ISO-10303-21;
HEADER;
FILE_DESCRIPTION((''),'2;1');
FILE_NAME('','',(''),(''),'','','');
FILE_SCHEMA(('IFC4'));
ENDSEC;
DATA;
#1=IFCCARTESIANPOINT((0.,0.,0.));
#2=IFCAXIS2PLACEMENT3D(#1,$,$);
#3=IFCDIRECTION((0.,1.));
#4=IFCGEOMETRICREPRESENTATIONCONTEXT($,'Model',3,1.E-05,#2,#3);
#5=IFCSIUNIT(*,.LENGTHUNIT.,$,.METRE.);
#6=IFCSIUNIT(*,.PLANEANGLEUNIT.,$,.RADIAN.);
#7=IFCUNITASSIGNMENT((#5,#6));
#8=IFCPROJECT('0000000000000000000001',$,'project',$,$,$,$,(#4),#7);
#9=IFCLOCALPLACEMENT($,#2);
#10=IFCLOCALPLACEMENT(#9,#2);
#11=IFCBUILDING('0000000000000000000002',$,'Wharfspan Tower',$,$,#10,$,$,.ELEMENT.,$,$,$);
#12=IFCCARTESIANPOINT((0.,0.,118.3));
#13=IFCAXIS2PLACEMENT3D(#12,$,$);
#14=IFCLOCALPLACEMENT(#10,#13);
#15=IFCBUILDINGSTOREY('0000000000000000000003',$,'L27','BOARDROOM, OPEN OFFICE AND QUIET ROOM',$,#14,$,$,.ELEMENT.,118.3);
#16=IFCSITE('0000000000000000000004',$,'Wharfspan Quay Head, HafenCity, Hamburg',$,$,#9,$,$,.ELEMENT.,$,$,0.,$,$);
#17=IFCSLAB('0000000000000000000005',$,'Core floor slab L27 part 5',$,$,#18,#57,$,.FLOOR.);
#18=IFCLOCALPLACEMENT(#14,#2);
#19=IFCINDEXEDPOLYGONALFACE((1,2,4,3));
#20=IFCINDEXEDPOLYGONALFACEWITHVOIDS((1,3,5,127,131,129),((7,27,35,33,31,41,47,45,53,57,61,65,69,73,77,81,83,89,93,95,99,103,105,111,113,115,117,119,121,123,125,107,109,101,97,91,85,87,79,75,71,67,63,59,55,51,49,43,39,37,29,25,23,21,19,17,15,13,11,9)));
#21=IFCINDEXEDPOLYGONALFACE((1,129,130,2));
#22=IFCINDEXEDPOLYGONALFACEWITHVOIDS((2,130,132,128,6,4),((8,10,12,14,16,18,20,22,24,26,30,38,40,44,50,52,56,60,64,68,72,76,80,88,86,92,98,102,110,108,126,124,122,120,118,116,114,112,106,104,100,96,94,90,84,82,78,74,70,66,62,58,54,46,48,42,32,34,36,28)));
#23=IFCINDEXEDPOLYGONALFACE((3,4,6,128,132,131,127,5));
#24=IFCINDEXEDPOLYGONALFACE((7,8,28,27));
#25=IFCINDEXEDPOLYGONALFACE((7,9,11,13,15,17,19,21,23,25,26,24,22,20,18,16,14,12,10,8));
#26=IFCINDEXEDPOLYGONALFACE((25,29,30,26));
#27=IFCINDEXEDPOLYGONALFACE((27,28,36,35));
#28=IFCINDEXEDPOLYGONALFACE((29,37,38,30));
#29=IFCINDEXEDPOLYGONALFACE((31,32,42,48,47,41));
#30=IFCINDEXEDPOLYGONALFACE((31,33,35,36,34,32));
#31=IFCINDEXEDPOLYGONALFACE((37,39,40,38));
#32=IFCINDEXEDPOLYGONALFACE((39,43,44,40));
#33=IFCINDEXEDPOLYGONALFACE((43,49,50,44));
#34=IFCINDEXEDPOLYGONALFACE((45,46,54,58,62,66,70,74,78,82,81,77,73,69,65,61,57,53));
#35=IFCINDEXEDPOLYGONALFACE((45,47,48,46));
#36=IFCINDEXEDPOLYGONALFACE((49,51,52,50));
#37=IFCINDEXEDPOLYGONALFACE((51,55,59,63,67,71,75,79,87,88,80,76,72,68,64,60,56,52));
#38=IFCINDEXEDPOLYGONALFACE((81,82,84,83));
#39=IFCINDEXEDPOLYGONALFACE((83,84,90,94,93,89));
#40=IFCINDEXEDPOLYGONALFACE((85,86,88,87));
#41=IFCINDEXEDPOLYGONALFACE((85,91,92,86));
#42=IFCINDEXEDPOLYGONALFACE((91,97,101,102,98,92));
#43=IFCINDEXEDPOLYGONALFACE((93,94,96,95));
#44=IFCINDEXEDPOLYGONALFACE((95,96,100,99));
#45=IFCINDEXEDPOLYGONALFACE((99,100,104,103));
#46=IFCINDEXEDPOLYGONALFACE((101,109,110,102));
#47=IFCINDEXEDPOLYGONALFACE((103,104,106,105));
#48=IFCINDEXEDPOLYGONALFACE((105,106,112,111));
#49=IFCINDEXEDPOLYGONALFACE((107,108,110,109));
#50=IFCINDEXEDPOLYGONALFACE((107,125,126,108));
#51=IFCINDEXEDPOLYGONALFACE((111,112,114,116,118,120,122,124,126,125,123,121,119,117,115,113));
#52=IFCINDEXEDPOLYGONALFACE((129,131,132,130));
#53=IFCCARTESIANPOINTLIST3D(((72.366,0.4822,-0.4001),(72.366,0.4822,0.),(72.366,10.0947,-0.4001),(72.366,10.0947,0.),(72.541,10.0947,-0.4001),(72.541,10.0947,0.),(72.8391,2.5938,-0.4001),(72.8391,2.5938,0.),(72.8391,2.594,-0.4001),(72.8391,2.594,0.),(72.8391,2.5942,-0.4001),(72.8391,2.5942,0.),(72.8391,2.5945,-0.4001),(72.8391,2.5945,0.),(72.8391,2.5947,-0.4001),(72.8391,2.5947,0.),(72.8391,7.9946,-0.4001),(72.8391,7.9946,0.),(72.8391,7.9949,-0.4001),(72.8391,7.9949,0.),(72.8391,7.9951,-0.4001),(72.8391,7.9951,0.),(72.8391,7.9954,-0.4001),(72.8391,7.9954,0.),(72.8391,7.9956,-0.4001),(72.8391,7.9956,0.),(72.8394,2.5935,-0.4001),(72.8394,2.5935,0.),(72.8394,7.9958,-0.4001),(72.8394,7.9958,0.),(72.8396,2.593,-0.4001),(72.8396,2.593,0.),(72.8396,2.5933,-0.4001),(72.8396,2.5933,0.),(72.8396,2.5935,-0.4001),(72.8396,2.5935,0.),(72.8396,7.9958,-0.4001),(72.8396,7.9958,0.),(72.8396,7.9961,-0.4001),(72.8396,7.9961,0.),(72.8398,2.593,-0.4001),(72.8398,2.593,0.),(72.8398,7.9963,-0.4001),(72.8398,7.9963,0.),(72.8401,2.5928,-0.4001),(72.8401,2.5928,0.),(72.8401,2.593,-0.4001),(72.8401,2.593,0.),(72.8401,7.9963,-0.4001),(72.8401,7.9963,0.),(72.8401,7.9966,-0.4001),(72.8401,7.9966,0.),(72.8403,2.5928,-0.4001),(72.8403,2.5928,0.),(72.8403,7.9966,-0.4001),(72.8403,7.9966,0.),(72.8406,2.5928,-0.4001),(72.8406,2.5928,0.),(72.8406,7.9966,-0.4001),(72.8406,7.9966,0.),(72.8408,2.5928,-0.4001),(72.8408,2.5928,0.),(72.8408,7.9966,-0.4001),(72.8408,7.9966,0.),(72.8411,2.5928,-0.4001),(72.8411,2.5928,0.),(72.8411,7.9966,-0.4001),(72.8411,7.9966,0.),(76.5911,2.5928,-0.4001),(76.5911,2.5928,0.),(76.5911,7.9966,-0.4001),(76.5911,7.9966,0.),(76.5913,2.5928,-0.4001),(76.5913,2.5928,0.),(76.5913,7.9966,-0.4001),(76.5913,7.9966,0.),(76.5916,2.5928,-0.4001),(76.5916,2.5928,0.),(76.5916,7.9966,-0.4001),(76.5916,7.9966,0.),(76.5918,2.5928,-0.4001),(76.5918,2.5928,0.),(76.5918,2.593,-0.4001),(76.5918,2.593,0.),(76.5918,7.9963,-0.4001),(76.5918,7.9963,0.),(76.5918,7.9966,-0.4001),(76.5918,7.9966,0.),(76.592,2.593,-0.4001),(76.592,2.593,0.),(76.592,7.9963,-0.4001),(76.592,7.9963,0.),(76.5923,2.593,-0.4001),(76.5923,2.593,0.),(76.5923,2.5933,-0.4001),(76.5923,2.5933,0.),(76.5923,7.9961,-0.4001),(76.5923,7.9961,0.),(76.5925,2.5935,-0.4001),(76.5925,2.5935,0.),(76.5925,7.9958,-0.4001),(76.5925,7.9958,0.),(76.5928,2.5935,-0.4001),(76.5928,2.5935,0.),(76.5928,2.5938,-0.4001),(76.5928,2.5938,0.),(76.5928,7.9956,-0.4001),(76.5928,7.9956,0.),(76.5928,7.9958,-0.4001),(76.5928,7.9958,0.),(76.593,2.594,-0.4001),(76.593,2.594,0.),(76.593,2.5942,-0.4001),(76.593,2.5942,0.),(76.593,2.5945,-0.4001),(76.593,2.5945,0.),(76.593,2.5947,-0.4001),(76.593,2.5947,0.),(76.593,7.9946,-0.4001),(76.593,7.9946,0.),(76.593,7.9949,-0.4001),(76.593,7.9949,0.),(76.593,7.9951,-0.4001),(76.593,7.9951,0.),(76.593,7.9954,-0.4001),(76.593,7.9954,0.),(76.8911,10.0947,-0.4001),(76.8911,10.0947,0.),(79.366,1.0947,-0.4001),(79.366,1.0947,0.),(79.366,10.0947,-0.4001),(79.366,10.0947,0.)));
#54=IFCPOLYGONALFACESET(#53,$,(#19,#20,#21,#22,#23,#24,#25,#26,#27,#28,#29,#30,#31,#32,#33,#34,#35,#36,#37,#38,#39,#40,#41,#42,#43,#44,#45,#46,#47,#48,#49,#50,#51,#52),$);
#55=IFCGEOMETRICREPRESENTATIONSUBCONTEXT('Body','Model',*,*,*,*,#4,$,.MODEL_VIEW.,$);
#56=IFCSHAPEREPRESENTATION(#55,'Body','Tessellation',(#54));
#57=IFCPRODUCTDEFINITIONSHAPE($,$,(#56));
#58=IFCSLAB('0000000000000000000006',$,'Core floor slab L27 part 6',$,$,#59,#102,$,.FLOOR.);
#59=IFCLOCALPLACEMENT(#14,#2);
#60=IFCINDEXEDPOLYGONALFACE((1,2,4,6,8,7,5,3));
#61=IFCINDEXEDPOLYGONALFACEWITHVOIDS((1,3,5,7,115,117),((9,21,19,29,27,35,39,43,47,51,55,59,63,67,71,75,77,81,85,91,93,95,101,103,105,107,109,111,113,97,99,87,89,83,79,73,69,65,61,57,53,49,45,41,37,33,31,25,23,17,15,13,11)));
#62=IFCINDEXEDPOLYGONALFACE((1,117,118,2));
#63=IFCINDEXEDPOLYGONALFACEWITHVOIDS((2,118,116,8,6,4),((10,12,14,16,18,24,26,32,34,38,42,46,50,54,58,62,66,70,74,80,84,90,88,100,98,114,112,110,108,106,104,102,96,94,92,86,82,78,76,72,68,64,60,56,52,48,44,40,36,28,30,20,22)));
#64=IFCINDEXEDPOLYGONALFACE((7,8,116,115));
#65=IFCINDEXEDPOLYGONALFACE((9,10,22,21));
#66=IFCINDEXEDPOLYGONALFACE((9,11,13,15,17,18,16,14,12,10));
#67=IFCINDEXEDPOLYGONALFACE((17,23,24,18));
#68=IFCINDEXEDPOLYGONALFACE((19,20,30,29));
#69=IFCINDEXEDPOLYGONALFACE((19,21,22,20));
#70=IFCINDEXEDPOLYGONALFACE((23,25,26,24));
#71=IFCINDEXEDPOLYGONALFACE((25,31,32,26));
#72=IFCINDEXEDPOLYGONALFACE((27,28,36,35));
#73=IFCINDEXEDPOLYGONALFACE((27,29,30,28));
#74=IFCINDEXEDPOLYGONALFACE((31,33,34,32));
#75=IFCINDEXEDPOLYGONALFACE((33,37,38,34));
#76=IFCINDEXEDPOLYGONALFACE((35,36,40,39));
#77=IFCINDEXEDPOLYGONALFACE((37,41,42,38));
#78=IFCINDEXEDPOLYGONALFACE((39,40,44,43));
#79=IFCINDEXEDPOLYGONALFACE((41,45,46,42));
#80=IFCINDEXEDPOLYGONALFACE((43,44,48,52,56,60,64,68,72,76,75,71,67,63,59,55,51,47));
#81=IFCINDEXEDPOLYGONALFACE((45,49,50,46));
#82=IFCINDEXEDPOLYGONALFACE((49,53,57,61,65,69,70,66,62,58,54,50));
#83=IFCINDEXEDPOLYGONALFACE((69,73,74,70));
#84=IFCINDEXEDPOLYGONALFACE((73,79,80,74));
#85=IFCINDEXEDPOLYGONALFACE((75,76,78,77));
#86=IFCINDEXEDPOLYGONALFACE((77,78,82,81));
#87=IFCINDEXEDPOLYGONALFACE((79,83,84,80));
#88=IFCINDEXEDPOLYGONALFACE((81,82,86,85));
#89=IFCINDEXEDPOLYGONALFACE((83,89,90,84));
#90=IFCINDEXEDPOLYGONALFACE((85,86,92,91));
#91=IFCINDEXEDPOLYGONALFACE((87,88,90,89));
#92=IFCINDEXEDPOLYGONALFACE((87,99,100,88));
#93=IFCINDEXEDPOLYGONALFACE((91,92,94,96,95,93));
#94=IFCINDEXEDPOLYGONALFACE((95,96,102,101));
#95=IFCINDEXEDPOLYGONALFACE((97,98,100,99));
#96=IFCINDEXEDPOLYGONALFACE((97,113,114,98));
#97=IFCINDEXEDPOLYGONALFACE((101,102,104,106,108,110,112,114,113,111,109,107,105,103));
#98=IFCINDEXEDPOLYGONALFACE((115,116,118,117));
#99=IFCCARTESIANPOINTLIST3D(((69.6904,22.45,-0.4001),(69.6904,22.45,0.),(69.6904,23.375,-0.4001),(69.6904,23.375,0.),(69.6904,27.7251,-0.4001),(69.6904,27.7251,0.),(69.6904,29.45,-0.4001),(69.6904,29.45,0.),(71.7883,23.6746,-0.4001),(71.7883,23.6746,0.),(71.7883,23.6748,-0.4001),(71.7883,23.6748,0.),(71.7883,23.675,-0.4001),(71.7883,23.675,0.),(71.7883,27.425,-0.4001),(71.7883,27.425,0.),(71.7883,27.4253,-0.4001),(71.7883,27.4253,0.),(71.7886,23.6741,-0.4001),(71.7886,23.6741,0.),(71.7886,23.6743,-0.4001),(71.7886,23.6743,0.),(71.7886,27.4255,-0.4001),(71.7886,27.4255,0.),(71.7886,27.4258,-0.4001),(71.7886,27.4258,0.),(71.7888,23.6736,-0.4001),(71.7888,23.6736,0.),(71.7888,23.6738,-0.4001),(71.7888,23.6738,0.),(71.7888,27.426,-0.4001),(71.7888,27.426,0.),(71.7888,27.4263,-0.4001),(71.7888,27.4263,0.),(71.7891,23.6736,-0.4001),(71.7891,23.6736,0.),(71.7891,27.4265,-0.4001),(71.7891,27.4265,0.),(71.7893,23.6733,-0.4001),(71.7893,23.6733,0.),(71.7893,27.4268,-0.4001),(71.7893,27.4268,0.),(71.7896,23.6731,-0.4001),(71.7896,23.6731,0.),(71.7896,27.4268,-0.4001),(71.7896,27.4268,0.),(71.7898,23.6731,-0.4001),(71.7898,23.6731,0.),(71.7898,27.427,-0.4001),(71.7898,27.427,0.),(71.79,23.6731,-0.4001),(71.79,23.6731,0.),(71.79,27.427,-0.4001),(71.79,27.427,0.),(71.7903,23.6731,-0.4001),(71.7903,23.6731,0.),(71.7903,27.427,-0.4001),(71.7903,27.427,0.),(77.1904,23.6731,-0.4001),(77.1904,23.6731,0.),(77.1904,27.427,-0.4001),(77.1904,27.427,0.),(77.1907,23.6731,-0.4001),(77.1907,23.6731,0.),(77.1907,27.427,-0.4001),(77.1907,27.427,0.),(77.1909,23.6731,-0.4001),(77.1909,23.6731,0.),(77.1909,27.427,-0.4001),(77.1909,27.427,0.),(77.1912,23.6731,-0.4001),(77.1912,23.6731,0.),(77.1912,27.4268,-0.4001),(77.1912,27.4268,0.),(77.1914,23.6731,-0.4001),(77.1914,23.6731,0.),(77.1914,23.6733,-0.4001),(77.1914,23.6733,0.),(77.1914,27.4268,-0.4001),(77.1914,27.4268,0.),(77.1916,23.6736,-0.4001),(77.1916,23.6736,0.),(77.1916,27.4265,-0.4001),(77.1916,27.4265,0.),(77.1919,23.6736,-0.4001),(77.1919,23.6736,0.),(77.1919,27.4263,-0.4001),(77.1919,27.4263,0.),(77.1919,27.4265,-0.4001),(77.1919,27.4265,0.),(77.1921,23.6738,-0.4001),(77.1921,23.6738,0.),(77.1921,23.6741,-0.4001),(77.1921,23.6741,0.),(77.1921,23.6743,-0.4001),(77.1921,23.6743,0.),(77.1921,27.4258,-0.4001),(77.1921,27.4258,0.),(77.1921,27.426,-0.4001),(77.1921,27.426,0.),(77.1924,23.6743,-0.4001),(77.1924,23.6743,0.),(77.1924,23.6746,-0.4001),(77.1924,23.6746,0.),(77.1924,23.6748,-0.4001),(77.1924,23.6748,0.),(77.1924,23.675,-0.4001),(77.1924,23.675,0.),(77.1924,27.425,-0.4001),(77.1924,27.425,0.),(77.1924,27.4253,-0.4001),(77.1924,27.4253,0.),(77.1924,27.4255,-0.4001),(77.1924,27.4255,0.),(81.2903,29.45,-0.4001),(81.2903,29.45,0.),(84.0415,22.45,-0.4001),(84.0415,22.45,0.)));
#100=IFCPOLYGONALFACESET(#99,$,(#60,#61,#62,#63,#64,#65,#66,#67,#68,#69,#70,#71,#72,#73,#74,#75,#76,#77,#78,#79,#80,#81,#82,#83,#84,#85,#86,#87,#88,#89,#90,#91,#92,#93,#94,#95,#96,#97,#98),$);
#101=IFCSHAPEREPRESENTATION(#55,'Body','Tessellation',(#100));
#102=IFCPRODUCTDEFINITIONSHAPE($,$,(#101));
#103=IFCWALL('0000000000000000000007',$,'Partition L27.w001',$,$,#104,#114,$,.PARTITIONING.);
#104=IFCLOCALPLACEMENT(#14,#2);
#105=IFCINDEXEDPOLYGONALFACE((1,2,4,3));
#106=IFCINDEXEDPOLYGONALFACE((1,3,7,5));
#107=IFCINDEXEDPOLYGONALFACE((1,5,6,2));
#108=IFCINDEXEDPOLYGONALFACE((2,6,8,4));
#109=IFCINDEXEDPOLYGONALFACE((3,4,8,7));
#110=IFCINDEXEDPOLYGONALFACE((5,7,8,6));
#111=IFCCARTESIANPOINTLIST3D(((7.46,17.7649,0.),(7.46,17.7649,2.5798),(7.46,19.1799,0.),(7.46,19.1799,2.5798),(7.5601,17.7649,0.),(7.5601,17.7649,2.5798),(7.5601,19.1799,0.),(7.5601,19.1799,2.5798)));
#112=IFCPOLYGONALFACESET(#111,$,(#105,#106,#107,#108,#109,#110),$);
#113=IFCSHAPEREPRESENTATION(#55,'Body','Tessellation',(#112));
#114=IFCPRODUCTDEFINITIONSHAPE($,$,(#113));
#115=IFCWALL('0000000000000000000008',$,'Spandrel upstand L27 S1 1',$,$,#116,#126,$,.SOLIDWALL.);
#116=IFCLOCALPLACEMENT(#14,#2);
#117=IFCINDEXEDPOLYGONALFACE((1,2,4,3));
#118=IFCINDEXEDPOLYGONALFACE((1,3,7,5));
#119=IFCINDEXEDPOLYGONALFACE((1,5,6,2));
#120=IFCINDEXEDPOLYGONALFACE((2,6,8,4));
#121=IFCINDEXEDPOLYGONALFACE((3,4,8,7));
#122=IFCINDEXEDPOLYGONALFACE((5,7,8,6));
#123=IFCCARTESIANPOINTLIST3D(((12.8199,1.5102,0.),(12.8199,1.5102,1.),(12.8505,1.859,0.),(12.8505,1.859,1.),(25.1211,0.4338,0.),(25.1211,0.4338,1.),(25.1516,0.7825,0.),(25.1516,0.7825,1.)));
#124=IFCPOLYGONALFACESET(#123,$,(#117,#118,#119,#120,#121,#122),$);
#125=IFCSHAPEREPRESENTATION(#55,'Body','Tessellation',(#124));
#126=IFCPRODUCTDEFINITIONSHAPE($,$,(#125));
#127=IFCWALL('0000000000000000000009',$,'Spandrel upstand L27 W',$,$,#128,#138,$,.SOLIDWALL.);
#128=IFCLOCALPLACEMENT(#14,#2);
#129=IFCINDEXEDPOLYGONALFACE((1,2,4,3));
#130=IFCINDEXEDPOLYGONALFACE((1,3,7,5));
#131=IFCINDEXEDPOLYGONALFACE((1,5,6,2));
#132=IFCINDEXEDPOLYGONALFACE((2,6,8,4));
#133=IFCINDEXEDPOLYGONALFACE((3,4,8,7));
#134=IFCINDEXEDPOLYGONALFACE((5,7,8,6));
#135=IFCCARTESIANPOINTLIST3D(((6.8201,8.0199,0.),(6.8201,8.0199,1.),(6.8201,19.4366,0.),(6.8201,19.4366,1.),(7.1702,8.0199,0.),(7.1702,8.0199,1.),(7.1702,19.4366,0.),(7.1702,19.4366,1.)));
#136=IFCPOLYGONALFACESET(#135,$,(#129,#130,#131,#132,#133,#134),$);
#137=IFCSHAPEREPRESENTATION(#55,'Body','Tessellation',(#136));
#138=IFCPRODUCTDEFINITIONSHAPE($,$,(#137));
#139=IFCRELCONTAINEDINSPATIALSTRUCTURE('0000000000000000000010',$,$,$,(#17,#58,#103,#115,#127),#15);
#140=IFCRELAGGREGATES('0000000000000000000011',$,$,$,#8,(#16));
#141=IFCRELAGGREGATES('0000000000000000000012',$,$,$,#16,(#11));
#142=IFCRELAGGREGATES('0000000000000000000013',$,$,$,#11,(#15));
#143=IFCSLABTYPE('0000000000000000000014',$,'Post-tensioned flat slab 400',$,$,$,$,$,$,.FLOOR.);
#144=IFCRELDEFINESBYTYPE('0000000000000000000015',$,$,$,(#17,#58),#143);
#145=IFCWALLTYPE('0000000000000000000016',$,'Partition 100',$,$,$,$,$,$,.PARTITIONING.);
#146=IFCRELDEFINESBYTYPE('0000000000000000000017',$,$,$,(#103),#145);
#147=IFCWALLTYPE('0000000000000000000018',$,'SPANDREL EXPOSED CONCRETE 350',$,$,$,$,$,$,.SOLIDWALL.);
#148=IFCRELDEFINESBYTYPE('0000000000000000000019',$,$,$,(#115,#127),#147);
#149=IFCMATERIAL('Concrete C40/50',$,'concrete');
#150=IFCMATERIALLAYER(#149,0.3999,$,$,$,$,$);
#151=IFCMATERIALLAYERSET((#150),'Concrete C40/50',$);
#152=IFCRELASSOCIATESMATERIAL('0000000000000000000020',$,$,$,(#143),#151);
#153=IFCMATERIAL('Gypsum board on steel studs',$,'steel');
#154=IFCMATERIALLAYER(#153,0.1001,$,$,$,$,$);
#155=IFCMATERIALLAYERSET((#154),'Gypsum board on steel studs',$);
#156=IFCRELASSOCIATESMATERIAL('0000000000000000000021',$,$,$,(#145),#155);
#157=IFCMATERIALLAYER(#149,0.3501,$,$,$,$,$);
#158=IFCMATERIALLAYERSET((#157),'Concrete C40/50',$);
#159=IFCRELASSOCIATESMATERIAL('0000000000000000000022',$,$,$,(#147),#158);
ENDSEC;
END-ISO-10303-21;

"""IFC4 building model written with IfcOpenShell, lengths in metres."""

from ifc_helpers import new_model, si_unit, direction, frame, frame_2d, origin, place, context, subcontext, project, spatial, polyline, rectangle, outline, extrude, material, layer, layer_set, type_object, element, save


model = new_model("IFC4")

# Units and contexts
model_context = context("Model", 3, precision=1e-05, world=origin(), true_north=direction((0.0, 1.0)))
body_context = subcontext(model_context, "Body", "Model", "MODEL_VIEW")
ifc_project = project(units=[si_unit("LENGTHUNIT", "METRE"), si_unit("PLANEANGLEUNIT", "RADIAN")], contexts=[model_context])

# Site, building, storey
site_placement = place(None, origin())
site = spatial("IfcSite", under=ifc_project, at=site_placement, Name="Wharfspan Quay Head, HafenCity, Hamburg", CompositionType="ELEMENT", RefElevation=0.0)
building_placement = place(site_placement, origin())
building = spatial("IfcBuilding", under=site, at=building_placement, Name="Wharfspan Tower", CompositionType="ELEMENT")
storey_placement = place(building_placement, frame((0.0, 0.0, 118.3)))
storey = spatial("IfcBuildingStorey", under=building, at=storey_placement, Name="L27", Description="BOARDROOM, OPEN OFFICE AND QUIET ROOM", CompositionType="ELEMENT", Elevation=118.3)

# Slabs
ifc_material_1 = material(Name="Concrete C40/50", Category="concrete")
ifc_layer_1 = layer(ifc_material_1, 0.3999)
ifc_layer_set_1 = layer_set([ifc_layer_1], Name="Concrete C40/50")
slab_type = type_object("IfcSlabType", Name="Post-tensioned flat slab 400", PredefinedType="FLOOR", material=ifc_layer_set_1)
slab_1_placement = place(storey_placement, frame((0.0, 0.0, -0.4001)))
element("IfcSlab", 1, at=slab_1_placement, inside=storey, type_object=slab_type, Name="Core floor slab L27 part 5", PredefinedType="FLOOR", context=body_context, shape_type="SweptSolid", body=[
    extrude(outline(polyline([(79.366, 10.0947), (76.8911, 10.0947), (72.541, 10.0947), (72.366, 10.0947), (72.366, 0.4822), (79.366, 1.0947), (79.366, 10.0947)]), holes=[polyline([(76.5911, 7.9966), (76.5913, 7.9966), (76.5913, 7.9966), (76.5916, 7.9966), (76.5918, 7.9966), (76.5918, 7.9963), (76.592, 7.9963), (76.5923, 7.9961), (76.5923, 7.9961), (76.5925, 7.9958), (76.5928, 7.9958), (76.5928, 7.9956), (76.593, 7.9954), (76.593, 7.9951), (76.593, 7.9951), (76.593, 7.9949), (76.593, 7.9946), (76.593, 2.5947), (76.593, 2.5945), (76.593, 2.5942), (76.593, 2.594), (76.593, 2.594), (76.5928, 2.5938), (76.5928, 2.5935), (76.5925, 2.5935), (76.5923, 2.5933), (76.5923, 2.593), (76.592, 2.593), (76.5918, 2.593), (76.5918, 2.5928), (76.5916, 2.5928), (76.5913, 2.5928), (76.5913, 2.5928), (76.5911, 2.5928), (72.8411, 2.5928), (72.8408, 2.5928), (72.8406, 2.5928), (72.8403, 2.5928), (72.8401, 2.5928), (72.8401, 2.593), (72.8398, 2.593), (72.8396, 2.593), (72.8396, 2.5933), (72.8396, 2.5935), (72.8394, 2.5935), (72.8391, 2.5938), (72.8391, 2.594), (72.8391, 2.594), (72.8391, 2.5942), (72.8391, 2.5945), (72.8391, 2.5947), (72.8391, 7.9946), (72.8391, 7.9949), (72.8391, 7.9951), (72.8391, 7.9951), (72.8391, 7.9954), (72.8391, 7.9956), (72.8394, 7.9958), (72.8396, 7.9958), (72.8396, 7.9961), (72.8396, 7.9961), (72.8398, 7.9963), (72.8401, 7.9963), (72.8401, 7.9966), (72.8403, 7.9966), (72.8406, 7.9966), (72.8408, 7.9966), (72.8411, 7.9966), (76.5911, 7.9966)])]), origin(), (0.0, 0.0, 1.0), 0.4001),
])
slab_2_placement = place(storey_placement, frame((0.0, 0.0, -0.4001)))
element("IfcSlab", 2, at=slab_2_placement, inside=storey, type_object=slab_type, Name="Core floor slab L27 part 6", PredefinedType="FLOOR", context=body_context, shape_type="SweptSolid", body=[
    extrude(outline(polyline([(81.2903, 29.45), (69.6904, 29.45), (69.6904, 27.7251), (69.6904, 23.375), (69.6904, 22.45), (84.0415, 22.45), (81.2903, 29.45)]), holes=[polyline([(71.7903, 23.6731), (71.7903, 23.6731), (71.79, 23.6731), (71.7898, 23.6731), (71.7896, 23.6731), (71.7896, 23.6731), (71.7893, 23.6733), (71.7891, 23.6736), (71.7891, 23.6736), (71.7888, 23.6736), (71.7888, 23.6738), (71.7886, 23.6741), (71.7886, 23.6743), (71.7886, 23.6743), (71.7883, 23.6746), (71.7883, 23.6748), (71.7883, 23.675), (71.7883, 27.425), (71.7883, 27.4253), (71.7883, 27.4253), (71.7886, 27.4255), (71.7886, 27.4258), (71.7886, 27.4258), (71.7888, 27.426), (71.7888, 27.4263), (71.7891, 27.4265), (71.7891, 27.4265), (71.7893, 27.4268), (71.7896, 27.4268), (71.7896, 27.4268), (71.7898, 27.427), (71.79, 27.427), (71.7903, 27.427), (71.7903, 27.427), (77.1904, 27.427), (77.1907, 27.427), (77.1909, 27.427), (77.1909, 27.427), (77.1912, 27.4268), (77.1914, 27.4268), (77.1914, 27.4268), (77.1916, 27.4265), (77.1919, 27.4265), (77.1919, 27.4263), (77.1921, 27.426), (77.1921, 27.4258), (77.1921, 27.4258), (77.1924, 27.4255), (77.1924, 27.4253), (77.1924, 27.4253), (77.1924, 27.425), (77.1924, 23.675), (77.1924, 23.6748), (77.1924, 23.6746), (77.1924, 23.6743), (77.1921, 23.6743), (77.1921, 23.6741), (77.1921, 23.6738), (77.1919, 23.6736), (77.1919, 23.6736), (77.1916, 23.6736), (77.1914, 23.6733), (77.1914, 23.6731), (77.1912, 23.6731), (77.1909, 23.6731), (77.1909, 23.6731), (77.1907, 23.6731), (77.1904, 23.6731), (71.7903, 23.6731)])]), origin(), (0.0, 0.0, 1.0), 0.4001),
])

# Walls
ifc_material_2 = material(Name="Gypsum board on steel studs", Category="steel")
ifc_layer_2 = layer(ifc_material_2, 0.1001)
ifc_layer_set_2 = layer_set([ifc_layer_2], Name="Gypsum board on steel studs")
wall_type_1 = type_object("IfcWallType", Name="Partition 100", PredefinedType="PARTITIONING", material=ifc_layer_set_2)
wall_1_placement = place(storey_placement, frame((7.51, 17.7649, 0.0), z_axis=(0.0, 0.0, 1.0), x_axis=(0.0, 1.0, 0.0)))
element("IfcWall", 3, at=wall_1_placement, inside=storey, type_object=wall_type_1, Name="Partition L27.w001", PredefinedType="PARTITIONING", context=body_context, shape_type="SweptSolid", body=[
    extrude(rectangle(XDim=1.415, YDim=0.1001, at=frame_2d((0.7075, 0.0))), origin(), (0.0, 0.0, 1.0), 2.5798),
])
ifc_layer_3 = layer(ifc_material_1, 0.3501)
ifc_layer_set_3 = layer_set([ifc_layer_3], Name="Concrete C40/50")
wall_type_2 = type_object("IfcWallType", Name="SPANDREL EXPOSED CONCRETE 350", PredefinedType="SOLIDWALL", material=ifc_layer_set_3)
wall_2_placement = place(storey_placement, frame((12.8352, 1.6846, 0.0), z_axis=(0.0, 0.0, 1.0), x_axis=(0.996192, -0.087173, 0.0)))
element("IfcWall", 4, at=wall_2_placement, inside=storey, type_object=wall_type_2, Name="Spandrel upstand L27 S1 1", PredefinedType="SOLIDWALL", context=body_context, shape_type="SweptSolid", body=[
    extrude(rectangle(XDim=12.3481, YDim=0.3501, at=frame_2d((6.1741, 0.0))), origin(), (0.0, 0.0, 1.0), 1.0),
])
wall_3_placement = place(storey_placement, frame((6.9951, 19.4368, 0.0), z_axis=(0.0, 0.0, 1.0), x_axis=(0.0, -1.0, 0.0)))
element("IfcWall", 5, at=wall_3_placement, inside=storey, type_object=wall_type_2, Name="Spandrel upstand L27 W", PredefinedType="SOLIDWALL", context=body_context, shape_type="SweptSolid", body=[
    extrude(rectangle(XDim=11.4167, YDim=0.3501, at=frame_2d((5.7085, 0.0))), origin(), (0.0, 0.0, 1.0), 1.0),
])

save(model, "model.ifc")
